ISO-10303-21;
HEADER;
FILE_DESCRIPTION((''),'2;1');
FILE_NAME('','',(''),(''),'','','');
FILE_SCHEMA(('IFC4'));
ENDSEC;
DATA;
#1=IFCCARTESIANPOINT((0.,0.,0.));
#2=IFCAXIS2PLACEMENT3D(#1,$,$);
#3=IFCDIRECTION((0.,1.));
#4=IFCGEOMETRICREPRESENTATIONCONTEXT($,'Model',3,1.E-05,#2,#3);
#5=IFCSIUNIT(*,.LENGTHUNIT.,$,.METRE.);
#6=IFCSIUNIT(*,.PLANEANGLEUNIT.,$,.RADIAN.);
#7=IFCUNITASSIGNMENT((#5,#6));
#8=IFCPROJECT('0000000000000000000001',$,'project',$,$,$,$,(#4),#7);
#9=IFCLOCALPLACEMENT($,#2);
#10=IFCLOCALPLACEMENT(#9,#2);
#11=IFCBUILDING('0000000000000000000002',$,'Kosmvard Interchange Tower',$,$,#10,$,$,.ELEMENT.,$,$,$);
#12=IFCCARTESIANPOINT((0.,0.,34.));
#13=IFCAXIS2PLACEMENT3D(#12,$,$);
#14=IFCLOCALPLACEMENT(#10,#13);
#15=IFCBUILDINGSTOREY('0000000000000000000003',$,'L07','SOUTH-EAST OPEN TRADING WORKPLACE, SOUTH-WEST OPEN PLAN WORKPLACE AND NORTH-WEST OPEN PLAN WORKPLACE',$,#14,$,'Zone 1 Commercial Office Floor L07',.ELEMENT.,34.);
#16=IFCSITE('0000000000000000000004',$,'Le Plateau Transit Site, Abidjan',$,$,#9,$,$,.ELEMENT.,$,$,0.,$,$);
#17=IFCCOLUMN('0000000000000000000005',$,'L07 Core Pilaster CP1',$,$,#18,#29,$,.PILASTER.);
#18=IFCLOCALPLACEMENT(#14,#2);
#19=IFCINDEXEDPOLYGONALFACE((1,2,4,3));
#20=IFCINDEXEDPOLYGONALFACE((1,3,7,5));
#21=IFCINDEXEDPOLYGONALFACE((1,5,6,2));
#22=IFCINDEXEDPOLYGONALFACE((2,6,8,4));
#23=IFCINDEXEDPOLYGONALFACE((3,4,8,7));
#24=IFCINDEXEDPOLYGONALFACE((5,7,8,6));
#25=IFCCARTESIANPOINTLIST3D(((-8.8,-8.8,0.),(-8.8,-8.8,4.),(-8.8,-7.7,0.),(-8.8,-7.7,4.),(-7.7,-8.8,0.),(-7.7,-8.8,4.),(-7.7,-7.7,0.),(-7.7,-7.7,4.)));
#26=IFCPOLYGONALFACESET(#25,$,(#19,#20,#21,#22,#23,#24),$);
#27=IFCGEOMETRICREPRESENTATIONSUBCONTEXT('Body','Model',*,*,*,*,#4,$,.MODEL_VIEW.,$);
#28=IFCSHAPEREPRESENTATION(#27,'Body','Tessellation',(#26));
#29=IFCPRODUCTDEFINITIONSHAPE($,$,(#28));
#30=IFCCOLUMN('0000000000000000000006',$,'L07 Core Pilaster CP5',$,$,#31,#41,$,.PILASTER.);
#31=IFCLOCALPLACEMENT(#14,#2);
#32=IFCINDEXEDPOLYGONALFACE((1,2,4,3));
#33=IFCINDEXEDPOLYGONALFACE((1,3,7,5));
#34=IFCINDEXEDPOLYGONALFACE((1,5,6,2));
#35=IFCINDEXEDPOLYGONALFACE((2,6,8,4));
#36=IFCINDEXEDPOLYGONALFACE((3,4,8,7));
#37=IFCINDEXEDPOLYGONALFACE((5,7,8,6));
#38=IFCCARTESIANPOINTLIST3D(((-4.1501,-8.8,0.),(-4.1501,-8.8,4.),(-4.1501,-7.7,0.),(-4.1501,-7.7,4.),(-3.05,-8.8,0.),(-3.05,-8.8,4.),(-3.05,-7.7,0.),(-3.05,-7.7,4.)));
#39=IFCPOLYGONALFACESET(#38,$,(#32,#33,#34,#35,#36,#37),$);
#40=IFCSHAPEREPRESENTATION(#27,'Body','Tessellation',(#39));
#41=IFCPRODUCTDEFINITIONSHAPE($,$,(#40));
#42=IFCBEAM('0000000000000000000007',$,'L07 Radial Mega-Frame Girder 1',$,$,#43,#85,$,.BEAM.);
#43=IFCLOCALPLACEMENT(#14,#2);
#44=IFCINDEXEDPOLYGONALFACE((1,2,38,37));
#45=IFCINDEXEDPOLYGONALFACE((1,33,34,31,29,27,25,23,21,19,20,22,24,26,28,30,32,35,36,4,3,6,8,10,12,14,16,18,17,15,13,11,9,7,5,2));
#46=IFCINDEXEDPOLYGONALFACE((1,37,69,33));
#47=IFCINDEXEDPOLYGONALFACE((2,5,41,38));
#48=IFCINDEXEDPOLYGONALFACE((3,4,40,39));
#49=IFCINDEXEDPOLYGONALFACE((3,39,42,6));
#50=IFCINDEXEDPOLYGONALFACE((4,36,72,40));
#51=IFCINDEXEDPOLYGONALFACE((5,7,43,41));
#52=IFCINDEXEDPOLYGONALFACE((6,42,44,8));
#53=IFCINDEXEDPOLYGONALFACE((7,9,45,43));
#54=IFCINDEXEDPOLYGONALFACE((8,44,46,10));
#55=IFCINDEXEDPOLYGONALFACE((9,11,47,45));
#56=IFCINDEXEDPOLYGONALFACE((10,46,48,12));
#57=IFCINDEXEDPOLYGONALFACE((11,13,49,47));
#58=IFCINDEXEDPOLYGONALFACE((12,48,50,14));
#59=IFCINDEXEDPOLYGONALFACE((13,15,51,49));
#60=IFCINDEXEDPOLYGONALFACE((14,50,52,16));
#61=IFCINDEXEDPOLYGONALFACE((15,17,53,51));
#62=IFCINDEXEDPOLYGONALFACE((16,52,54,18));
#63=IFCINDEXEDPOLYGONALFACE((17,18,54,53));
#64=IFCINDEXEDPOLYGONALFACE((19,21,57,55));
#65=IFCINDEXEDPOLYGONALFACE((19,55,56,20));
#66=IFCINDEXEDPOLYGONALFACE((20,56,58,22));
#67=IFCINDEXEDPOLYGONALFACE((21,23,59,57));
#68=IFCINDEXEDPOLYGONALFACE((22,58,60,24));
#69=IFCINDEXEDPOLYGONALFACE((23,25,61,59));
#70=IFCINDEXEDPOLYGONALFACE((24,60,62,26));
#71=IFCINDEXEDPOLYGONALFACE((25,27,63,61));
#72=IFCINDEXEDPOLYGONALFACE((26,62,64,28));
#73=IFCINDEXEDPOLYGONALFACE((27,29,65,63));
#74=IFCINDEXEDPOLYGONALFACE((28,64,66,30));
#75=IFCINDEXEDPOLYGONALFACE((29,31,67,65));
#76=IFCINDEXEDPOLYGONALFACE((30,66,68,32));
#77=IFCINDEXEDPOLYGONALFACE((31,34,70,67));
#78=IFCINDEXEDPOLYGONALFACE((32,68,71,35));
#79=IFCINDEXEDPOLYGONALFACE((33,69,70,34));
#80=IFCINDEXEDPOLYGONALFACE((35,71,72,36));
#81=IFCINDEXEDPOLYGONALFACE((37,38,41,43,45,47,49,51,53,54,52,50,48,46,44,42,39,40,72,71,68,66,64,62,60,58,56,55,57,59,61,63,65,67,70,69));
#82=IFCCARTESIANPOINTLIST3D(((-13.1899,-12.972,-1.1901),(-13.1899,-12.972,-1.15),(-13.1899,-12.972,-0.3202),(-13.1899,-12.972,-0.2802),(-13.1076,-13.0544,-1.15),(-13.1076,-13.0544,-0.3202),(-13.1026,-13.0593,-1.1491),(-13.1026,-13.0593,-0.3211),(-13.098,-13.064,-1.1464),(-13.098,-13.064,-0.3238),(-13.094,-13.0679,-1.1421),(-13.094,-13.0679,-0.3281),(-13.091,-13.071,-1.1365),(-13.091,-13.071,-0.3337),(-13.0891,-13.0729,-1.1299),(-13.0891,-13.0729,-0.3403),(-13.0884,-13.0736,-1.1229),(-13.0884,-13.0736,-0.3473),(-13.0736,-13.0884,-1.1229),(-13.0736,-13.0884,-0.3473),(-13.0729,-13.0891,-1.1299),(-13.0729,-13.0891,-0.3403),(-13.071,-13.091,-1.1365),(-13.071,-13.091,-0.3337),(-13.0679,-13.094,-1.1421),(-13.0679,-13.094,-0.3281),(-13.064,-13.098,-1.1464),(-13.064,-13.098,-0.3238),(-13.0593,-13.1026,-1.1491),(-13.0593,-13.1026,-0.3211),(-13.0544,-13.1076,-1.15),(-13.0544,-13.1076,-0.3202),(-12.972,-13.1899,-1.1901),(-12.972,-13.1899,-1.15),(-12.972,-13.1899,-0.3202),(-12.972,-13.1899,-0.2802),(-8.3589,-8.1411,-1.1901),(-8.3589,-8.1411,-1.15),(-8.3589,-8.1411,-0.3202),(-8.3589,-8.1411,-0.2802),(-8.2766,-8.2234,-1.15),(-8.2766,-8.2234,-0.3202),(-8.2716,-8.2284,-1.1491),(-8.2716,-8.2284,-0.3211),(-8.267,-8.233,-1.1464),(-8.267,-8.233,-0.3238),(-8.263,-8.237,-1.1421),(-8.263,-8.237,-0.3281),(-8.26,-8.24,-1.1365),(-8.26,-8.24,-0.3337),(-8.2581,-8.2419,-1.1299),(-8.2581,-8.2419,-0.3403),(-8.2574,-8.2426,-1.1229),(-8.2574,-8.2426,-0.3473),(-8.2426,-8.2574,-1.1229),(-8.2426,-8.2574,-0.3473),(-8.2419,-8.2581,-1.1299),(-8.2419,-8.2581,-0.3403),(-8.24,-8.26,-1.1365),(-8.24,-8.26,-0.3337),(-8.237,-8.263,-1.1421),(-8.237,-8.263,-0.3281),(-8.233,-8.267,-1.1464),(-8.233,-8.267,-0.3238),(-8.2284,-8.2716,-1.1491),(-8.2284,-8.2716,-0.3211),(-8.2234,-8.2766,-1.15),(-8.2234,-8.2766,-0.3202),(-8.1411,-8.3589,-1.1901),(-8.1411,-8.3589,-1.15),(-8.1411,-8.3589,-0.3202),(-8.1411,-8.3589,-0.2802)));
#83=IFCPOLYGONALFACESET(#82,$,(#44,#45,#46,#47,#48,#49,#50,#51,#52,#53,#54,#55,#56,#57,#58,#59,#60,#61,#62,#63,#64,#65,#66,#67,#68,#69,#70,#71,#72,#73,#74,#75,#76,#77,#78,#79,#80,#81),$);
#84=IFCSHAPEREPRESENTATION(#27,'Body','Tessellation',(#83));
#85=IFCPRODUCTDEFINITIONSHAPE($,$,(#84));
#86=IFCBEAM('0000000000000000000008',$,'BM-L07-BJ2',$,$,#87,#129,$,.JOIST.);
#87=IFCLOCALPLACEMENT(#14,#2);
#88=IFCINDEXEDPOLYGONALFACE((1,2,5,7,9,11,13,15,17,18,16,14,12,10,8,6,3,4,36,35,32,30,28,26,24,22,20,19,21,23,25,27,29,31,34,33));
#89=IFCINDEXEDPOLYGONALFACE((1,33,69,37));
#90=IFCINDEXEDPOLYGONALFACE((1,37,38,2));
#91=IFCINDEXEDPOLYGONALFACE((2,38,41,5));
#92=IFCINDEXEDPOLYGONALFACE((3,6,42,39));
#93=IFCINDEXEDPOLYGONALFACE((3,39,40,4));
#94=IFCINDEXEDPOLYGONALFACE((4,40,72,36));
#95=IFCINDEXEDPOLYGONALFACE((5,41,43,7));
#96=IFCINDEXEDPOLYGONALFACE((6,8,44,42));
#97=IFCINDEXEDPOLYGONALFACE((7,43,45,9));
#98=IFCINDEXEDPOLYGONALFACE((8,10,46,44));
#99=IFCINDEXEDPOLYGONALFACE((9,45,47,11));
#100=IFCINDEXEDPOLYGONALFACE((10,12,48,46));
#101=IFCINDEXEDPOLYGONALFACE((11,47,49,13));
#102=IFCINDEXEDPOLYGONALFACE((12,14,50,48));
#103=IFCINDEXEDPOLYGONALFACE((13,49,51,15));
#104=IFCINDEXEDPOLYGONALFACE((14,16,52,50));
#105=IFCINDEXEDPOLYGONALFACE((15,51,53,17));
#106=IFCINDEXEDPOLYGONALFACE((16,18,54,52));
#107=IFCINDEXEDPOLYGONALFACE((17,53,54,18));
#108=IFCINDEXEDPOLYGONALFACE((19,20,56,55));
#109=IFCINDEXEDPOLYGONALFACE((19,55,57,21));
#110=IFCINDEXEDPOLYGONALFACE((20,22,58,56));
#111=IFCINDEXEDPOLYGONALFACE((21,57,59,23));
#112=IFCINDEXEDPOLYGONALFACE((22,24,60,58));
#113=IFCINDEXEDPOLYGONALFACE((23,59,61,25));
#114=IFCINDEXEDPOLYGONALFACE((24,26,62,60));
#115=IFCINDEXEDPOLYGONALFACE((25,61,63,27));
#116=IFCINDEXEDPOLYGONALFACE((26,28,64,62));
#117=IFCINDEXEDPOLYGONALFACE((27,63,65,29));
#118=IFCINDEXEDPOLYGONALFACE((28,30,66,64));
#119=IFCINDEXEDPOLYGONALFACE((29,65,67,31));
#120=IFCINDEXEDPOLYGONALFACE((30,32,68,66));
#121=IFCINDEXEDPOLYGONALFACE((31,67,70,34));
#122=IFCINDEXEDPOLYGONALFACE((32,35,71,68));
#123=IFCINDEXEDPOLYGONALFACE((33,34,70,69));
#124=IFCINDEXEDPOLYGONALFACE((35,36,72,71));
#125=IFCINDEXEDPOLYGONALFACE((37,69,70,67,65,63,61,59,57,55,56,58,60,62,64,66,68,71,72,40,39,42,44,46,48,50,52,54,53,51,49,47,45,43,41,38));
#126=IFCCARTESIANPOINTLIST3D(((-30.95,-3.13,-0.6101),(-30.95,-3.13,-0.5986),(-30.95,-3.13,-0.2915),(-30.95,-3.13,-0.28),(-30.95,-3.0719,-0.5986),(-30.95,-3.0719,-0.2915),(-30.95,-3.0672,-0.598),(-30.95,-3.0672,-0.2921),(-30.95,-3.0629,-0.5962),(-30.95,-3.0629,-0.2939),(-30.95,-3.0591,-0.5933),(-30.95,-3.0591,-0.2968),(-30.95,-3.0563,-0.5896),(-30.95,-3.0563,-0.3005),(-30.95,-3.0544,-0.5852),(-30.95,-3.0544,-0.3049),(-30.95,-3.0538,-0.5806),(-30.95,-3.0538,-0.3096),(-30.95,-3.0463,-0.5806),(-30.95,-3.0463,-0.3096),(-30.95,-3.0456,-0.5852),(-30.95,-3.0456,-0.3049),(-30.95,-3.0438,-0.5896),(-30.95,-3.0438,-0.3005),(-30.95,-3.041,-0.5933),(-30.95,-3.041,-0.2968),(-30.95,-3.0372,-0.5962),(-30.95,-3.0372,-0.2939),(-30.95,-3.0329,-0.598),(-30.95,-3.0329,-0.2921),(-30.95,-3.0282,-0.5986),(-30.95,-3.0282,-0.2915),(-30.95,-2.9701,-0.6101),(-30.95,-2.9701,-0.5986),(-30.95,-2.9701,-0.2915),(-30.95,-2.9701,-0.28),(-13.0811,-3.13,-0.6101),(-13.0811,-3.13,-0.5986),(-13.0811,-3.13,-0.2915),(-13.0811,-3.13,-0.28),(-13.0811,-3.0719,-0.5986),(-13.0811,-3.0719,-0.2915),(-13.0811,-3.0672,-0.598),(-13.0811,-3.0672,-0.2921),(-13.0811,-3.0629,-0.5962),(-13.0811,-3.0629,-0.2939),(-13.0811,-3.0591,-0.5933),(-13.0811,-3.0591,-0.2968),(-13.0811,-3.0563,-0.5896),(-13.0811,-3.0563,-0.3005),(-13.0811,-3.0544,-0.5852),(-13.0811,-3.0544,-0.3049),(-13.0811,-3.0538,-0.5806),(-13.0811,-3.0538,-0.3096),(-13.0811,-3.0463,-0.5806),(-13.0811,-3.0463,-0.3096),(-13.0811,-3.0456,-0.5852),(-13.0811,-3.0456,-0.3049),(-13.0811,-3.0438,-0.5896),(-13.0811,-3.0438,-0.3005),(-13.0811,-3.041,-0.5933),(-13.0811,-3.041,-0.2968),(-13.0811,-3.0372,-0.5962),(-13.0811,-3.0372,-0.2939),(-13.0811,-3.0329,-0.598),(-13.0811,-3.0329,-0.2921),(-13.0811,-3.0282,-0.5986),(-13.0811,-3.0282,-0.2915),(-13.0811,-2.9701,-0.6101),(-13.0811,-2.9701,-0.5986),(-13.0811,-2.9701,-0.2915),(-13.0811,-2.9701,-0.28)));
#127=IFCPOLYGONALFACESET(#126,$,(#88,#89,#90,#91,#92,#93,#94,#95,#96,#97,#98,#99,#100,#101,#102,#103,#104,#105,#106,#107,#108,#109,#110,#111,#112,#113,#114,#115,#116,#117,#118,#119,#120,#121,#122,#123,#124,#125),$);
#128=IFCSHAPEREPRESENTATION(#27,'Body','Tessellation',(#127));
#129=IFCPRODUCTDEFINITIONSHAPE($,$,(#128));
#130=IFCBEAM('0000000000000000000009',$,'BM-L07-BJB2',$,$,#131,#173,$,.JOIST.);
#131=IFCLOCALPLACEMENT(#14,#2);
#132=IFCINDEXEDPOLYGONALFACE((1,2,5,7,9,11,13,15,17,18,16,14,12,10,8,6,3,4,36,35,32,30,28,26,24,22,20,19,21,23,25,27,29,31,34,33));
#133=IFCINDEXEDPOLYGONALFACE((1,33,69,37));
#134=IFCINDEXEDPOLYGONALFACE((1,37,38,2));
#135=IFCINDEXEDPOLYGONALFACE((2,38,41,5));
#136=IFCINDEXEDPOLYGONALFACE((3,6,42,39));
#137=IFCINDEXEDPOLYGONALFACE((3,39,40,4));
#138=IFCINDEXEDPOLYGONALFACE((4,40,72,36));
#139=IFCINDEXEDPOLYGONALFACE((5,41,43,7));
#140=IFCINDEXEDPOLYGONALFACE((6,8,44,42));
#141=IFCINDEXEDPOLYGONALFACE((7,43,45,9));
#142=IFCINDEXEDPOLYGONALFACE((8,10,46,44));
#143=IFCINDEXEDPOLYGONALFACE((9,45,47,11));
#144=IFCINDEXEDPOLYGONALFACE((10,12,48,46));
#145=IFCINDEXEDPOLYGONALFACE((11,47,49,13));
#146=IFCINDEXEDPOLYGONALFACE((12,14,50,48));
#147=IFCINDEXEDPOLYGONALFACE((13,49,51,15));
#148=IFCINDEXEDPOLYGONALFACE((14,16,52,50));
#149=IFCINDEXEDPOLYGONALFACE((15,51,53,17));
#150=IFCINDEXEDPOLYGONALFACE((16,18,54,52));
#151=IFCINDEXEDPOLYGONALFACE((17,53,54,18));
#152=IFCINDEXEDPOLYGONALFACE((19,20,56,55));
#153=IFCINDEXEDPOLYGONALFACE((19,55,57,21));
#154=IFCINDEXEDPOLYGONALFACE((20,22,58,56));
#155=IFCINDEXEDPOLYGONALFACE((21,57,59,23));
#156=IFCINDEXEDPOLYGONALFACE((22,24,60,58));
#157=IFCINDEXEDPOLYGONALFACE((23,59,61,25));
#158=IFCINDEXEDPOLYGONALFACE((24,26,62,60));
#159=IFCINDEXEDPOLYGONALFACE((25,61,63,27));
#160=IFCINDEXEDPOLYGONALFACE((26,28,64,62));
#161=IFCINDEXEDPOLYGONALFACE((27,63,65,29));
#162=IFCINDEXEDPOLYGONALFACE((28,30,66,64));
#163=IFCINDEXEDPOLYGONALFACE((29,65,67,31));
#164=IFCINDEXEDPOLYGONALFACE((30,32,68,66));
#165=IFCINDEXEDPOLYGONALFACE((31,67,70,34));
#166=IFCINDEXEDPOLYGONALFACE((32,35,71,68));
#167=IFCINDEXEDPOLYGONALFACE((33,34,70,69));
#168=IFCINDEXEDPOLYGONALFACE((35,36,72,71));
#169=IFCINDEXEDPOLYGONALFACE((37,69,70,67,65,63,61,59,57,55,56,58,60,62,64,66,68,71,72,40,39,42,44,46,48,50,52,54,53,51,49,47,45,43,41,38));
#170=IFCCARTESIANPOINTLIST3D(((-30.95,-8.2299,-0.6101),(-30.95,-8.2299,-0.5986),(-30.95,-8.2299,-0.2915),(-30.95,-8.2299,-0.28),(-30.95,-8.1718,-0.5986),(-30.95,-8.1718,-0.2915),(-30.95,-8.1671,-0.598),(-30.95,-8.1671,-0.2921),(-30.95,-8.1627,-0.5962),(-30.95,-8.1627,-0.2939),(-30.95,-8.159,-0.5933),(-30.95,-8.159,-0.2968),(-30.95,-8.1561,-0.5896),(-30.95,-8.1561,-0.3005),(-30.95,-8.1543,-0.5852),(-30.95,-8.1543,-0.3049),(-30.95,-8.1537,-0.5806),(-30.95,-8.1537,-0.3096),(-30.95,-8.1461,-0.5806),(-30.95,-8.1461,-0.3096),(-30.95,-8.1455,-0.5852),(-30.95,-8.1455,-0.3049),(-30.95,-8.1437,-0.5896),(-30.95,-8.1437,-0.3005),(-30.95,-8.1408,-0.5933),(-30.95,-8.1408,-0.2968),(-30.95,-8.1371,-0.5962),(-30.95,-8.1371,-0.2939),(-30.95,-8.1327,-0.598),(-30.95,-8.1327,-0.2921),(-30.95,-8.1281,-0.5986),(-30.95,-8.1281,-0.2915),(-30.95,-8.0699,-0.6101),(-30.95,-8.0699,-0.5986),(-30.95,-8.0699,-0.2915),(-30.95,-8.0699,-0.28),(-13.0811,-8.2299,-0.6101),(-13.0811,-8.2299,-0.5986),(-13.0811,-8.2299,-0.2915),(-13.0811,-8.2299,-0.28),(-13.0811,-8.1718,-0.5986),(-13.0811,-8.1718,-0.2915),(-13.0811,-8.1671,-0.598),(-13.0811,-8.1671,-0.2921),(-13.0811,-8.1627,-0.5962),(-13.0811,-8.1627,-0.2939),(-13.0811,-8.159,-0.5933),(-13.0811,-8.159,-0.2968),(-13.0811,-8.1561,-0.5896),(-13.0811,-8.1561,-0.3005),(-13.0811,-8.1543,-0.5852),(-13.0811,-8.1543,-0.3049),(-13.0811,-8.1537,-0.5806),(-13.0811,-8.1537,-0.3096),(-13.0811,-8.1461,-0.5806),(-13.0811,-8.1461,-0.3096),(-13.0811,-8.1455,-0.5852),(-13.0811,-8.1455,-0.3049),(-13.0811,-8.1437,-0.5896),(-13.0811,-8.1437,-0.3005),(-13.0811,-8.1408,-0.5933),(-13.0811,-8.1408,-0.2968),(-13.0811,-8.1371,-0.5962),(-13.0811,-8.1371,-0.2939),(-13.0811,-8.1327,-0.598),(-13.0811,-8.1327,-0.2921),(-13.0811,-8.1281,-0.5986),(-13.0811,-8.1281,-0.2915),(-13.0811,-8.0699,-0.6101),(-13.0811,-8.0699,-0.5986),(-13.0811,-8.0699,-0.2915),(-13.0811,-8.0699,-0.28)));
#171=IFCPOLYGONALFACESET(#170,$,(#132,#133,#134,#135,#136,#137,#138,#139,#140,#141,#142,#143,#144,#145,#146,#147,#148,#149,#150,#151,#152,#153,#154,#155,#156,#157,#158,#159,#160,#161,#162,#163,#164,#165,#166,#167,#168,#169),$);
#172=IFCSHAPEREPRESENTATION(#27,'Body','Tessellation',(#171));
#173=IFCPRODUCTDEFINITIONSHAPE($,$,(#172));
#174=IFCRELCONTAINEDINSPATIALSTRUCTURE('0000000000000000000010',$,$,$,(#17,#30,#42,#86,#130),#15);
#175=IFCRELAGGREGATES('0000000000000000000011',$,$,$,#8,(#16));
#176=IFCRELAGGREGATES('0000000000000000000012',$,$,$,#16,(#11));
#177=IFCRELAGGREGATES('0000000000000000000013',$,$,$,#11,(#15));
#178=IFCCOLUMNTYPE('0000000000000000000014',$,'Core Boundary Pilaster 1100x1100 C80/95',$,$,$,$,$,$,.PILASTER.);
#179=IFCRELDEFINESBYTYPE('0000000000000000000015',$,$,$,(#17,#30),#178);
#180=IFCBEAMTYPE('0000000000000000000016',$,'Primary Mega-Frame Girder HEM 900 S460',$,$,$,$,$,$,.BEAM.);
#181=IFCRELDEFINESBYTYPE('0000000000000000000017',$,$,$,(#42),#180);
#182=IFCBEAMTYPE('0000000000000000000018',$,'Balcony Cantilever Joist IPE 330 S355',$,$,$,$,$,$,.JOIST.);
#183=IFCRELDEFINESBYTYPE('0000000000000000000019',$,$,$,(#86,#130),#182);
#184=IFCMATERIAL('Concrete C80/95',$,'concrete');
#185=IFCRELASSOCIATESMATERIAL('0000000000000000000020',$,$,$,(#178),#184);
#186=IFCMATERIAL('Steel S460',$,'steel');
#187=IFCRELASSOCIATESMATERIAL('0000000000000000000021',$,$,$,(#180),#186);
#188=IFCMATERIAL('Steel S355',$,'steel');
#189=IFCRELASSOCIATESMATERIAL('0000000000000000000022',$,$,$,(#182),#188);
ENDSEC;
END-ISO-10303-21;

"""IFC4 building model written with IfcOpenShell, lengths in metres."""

from ifc_helpers import new_model, si_unit, direction, frame, origin, origin_2d, place, context, subcontext, project, spatial, rectangle, i_section, extrude, source, transform, mapped, material, material_profile, profile_set, type_object, element, save


model = new_model("IFC4")

# Units and contexts
model_context = context("Model", 3, precision=1e-05, world=origin(), true_north=direction((0.0, 1.0)))
body_context = subcontext(model_context, "Body", "Model", "MODEL_VIEW")
ifc_project = project(units=[si_unit("LENGTHUNIT", "METRE"), si_unit("PLANEANGLEUNIT", "RADIAN")], contexts=[model_context])

# Site, building, storey
site_placement = place(None, origin())
site = spatial("IfcSite", under=ifc_project, at=site_placement, Name="Le Plateau Transit Site, Abidjan", CompositionType="ELEMENT", RefElevation=0.0)
building_placement = place(site_placement, origin())
building = spatial("IfcBuilding", under=site, at=building_placement, Name="Kosmvard Interchange Tower", CompositionType="ELEMENT")
storey_placement = place(building_placement, frame((0.0, 0.0, 34.0)))
storey = spatial("IfcBuildingStorey", under=building, at=storey_placement, Name="L07", Description="SOUTH-EAST OPEN TRADING WORKPLACE, SOUTH-WEST OPEN PLAN WORKPLACE AND NORTH-WEST OPEN PLAN WORKPLACE", LongName="Zone 1 Commercial Office Floor L07", CompositionType="ELEMENT", Elevation=34.0)

# Columns
ifc_material_1 = material(Name="Concrete C80/95", Category="concrete")
ifc_material_profile_1 = material_profile(ifc_material_1, rectangle(XDim=1.1001, YDim=1.1001, at=origin_2d()), Name="CP 1100x1100")
ifc_profile_set_1 = profile_set([ifc_material_profile_1], Name="Concrete C80/95")
column_type = type_object("IfcColumnType", Name="Core Boundary Pilaster 1100x1100 C80/95", PredefinedType="PILASTER", material=ifc_profile_set_1)
shared_shape_1 = source(origin(), body_context, "Body", "SweptSolid", [
    extrude(rectangle(XDim=1.1001, YDim=1.1001, at=origin_2d()), origin(), (0.0, 0.0, 1.0), 4.0),
])
for number, where, z_axis, x_axis, name in (
    (1, (-8.25, -8.25, 0.0), (0.0, 0.0, 1.0), (1.0, 0.0, 0.0), "L07 Core Pilaster CP1"),
    (2, (-3.6001, -8.25, 0.0), (0.0, 0.0, 1.0), (1.0, 0.0, 0.0), "L07 Core Pilaster CP5"),
):
    element("IfcColumn", number, at=place(storey_placement, frame(where, z_axis=z_axis, x_axis=x_axis)), inside=storey, type_object=column_type, Name=name, PredefinedType="PILASTER", context=body_context, shape_type="MappedRepresentation", body=[
        mapped(shared_shape_1, transform((0.0, 0.0, 0.0), scale=1.0)),
    ])

# Beams
ifc_material_2 = material(Name="Steel S460", Category="steel")
ifc_material_profile_2 = material_profile(ifc_material_2, i_section(OverallWidth=0.3081, OverallDepth=0.9099, WebThickness=0.021, FlangeThickness=0.04, FilletRadius=0.0271, at=origin_2d()), Name="HEM 900")
ifc_profile_set_2 = profile_set([ifc_material_profile_2], Name="Steel S460")
beam_type_1 = type_object("IfcBeamType", Name="Primary Mega-Frame Girder HEM 900 S460", PredefinedType="BEAM", material=ifc_profile_set_2)
shared_shape_2 = source(origin(), body_context, "Body", "SweptSolid", [
    extrude(i_section(OverallWidth=0.3081, OverallDepth=0.9099, WebThickness=0.021, FlangeThickness=0.04, FilletRadius=0.0271, at=origin_2d()), origin(), (0.0, 0.0, 1.0), 6.832),
])
beam_1_placement = place(storey_placement, frame((-8.25, -8.25, -0.7351), z_axis=(-0.707107, -0.707107, 0.0), x_axis=(0.707107, -0.707107, 0.0)))
element("IfcBeam", 3, at=beam_1_placement, inside=storey, type_object=beam_type_1, Name="L07 Radial Mega-Frame Girder 1", PredefinedType="BEAM", context=body_context, shape_type="MappedRepresentation", body=[
    mapped(shared_shape_2, transform((0.0, 0.0, 0.0), scale=1.0)),
])
ifc_material_3 = material(Name="Steel S355", Category="steel")
ifc_material_profile_3 = material_profile(ifc_material_3, i_section(OverallWidth=0.1599, OverallDepth=0.3301, WebThickness=0.0076, FlangeThickness=0.0115, FilletRadius=0.0181, at=origin_2d()), Name="IPE 330")
ifc_profile_set_3 = profile_set([ifc_material_profile_3], Name="Steel S355")
beam_type_2 = type_object("IfcBeamType", Name="Balcony Cantilever Joist IPE 330 S355", PredefinedType="JOIST", material=ifc_profile_set_3)
shared_shape_3 = source(origin(), body_context, "Body", "SweptSolid", [
    extrude(i_section(OverallWidth=0.1599, OverallDepth=0.3301, WebThickness=0.0076, FlangeThickness=0.0115, FilletRadius=0.0181, at=origin_2d()), origin(), (0.0, 0.0, 1.0), 17.8689),
])
for number, where, z_axis, x_axis, name in (
    (4, (-13.0811, -3.05, -0.4451), (-1.0, 0.0, 0.0), (0.0, -1.0, 0.0), "BM-L07-BJ2"),
    (5, (-13.0811, -8.1499, -0.4451), (-1.0, 0.0, 0.0), (0.0, -1.0, 0.0), "BM-L07-BJB2"),
):
    element("IfcBeam", number, at=place(storey_placement, frame(where, z_axis=z_axis, x_axis=x_axis)), inside=storey, type_object=beam_type_2, Name=name, PredefinedType="JOIST", context=body_context, shape_type="MappedRepresentation", body=[
        mapped(shared_shape_3, transform((0.0, 0.0, 0.0), scale=1.0)),
    ])

save(model, "model.ifc")
